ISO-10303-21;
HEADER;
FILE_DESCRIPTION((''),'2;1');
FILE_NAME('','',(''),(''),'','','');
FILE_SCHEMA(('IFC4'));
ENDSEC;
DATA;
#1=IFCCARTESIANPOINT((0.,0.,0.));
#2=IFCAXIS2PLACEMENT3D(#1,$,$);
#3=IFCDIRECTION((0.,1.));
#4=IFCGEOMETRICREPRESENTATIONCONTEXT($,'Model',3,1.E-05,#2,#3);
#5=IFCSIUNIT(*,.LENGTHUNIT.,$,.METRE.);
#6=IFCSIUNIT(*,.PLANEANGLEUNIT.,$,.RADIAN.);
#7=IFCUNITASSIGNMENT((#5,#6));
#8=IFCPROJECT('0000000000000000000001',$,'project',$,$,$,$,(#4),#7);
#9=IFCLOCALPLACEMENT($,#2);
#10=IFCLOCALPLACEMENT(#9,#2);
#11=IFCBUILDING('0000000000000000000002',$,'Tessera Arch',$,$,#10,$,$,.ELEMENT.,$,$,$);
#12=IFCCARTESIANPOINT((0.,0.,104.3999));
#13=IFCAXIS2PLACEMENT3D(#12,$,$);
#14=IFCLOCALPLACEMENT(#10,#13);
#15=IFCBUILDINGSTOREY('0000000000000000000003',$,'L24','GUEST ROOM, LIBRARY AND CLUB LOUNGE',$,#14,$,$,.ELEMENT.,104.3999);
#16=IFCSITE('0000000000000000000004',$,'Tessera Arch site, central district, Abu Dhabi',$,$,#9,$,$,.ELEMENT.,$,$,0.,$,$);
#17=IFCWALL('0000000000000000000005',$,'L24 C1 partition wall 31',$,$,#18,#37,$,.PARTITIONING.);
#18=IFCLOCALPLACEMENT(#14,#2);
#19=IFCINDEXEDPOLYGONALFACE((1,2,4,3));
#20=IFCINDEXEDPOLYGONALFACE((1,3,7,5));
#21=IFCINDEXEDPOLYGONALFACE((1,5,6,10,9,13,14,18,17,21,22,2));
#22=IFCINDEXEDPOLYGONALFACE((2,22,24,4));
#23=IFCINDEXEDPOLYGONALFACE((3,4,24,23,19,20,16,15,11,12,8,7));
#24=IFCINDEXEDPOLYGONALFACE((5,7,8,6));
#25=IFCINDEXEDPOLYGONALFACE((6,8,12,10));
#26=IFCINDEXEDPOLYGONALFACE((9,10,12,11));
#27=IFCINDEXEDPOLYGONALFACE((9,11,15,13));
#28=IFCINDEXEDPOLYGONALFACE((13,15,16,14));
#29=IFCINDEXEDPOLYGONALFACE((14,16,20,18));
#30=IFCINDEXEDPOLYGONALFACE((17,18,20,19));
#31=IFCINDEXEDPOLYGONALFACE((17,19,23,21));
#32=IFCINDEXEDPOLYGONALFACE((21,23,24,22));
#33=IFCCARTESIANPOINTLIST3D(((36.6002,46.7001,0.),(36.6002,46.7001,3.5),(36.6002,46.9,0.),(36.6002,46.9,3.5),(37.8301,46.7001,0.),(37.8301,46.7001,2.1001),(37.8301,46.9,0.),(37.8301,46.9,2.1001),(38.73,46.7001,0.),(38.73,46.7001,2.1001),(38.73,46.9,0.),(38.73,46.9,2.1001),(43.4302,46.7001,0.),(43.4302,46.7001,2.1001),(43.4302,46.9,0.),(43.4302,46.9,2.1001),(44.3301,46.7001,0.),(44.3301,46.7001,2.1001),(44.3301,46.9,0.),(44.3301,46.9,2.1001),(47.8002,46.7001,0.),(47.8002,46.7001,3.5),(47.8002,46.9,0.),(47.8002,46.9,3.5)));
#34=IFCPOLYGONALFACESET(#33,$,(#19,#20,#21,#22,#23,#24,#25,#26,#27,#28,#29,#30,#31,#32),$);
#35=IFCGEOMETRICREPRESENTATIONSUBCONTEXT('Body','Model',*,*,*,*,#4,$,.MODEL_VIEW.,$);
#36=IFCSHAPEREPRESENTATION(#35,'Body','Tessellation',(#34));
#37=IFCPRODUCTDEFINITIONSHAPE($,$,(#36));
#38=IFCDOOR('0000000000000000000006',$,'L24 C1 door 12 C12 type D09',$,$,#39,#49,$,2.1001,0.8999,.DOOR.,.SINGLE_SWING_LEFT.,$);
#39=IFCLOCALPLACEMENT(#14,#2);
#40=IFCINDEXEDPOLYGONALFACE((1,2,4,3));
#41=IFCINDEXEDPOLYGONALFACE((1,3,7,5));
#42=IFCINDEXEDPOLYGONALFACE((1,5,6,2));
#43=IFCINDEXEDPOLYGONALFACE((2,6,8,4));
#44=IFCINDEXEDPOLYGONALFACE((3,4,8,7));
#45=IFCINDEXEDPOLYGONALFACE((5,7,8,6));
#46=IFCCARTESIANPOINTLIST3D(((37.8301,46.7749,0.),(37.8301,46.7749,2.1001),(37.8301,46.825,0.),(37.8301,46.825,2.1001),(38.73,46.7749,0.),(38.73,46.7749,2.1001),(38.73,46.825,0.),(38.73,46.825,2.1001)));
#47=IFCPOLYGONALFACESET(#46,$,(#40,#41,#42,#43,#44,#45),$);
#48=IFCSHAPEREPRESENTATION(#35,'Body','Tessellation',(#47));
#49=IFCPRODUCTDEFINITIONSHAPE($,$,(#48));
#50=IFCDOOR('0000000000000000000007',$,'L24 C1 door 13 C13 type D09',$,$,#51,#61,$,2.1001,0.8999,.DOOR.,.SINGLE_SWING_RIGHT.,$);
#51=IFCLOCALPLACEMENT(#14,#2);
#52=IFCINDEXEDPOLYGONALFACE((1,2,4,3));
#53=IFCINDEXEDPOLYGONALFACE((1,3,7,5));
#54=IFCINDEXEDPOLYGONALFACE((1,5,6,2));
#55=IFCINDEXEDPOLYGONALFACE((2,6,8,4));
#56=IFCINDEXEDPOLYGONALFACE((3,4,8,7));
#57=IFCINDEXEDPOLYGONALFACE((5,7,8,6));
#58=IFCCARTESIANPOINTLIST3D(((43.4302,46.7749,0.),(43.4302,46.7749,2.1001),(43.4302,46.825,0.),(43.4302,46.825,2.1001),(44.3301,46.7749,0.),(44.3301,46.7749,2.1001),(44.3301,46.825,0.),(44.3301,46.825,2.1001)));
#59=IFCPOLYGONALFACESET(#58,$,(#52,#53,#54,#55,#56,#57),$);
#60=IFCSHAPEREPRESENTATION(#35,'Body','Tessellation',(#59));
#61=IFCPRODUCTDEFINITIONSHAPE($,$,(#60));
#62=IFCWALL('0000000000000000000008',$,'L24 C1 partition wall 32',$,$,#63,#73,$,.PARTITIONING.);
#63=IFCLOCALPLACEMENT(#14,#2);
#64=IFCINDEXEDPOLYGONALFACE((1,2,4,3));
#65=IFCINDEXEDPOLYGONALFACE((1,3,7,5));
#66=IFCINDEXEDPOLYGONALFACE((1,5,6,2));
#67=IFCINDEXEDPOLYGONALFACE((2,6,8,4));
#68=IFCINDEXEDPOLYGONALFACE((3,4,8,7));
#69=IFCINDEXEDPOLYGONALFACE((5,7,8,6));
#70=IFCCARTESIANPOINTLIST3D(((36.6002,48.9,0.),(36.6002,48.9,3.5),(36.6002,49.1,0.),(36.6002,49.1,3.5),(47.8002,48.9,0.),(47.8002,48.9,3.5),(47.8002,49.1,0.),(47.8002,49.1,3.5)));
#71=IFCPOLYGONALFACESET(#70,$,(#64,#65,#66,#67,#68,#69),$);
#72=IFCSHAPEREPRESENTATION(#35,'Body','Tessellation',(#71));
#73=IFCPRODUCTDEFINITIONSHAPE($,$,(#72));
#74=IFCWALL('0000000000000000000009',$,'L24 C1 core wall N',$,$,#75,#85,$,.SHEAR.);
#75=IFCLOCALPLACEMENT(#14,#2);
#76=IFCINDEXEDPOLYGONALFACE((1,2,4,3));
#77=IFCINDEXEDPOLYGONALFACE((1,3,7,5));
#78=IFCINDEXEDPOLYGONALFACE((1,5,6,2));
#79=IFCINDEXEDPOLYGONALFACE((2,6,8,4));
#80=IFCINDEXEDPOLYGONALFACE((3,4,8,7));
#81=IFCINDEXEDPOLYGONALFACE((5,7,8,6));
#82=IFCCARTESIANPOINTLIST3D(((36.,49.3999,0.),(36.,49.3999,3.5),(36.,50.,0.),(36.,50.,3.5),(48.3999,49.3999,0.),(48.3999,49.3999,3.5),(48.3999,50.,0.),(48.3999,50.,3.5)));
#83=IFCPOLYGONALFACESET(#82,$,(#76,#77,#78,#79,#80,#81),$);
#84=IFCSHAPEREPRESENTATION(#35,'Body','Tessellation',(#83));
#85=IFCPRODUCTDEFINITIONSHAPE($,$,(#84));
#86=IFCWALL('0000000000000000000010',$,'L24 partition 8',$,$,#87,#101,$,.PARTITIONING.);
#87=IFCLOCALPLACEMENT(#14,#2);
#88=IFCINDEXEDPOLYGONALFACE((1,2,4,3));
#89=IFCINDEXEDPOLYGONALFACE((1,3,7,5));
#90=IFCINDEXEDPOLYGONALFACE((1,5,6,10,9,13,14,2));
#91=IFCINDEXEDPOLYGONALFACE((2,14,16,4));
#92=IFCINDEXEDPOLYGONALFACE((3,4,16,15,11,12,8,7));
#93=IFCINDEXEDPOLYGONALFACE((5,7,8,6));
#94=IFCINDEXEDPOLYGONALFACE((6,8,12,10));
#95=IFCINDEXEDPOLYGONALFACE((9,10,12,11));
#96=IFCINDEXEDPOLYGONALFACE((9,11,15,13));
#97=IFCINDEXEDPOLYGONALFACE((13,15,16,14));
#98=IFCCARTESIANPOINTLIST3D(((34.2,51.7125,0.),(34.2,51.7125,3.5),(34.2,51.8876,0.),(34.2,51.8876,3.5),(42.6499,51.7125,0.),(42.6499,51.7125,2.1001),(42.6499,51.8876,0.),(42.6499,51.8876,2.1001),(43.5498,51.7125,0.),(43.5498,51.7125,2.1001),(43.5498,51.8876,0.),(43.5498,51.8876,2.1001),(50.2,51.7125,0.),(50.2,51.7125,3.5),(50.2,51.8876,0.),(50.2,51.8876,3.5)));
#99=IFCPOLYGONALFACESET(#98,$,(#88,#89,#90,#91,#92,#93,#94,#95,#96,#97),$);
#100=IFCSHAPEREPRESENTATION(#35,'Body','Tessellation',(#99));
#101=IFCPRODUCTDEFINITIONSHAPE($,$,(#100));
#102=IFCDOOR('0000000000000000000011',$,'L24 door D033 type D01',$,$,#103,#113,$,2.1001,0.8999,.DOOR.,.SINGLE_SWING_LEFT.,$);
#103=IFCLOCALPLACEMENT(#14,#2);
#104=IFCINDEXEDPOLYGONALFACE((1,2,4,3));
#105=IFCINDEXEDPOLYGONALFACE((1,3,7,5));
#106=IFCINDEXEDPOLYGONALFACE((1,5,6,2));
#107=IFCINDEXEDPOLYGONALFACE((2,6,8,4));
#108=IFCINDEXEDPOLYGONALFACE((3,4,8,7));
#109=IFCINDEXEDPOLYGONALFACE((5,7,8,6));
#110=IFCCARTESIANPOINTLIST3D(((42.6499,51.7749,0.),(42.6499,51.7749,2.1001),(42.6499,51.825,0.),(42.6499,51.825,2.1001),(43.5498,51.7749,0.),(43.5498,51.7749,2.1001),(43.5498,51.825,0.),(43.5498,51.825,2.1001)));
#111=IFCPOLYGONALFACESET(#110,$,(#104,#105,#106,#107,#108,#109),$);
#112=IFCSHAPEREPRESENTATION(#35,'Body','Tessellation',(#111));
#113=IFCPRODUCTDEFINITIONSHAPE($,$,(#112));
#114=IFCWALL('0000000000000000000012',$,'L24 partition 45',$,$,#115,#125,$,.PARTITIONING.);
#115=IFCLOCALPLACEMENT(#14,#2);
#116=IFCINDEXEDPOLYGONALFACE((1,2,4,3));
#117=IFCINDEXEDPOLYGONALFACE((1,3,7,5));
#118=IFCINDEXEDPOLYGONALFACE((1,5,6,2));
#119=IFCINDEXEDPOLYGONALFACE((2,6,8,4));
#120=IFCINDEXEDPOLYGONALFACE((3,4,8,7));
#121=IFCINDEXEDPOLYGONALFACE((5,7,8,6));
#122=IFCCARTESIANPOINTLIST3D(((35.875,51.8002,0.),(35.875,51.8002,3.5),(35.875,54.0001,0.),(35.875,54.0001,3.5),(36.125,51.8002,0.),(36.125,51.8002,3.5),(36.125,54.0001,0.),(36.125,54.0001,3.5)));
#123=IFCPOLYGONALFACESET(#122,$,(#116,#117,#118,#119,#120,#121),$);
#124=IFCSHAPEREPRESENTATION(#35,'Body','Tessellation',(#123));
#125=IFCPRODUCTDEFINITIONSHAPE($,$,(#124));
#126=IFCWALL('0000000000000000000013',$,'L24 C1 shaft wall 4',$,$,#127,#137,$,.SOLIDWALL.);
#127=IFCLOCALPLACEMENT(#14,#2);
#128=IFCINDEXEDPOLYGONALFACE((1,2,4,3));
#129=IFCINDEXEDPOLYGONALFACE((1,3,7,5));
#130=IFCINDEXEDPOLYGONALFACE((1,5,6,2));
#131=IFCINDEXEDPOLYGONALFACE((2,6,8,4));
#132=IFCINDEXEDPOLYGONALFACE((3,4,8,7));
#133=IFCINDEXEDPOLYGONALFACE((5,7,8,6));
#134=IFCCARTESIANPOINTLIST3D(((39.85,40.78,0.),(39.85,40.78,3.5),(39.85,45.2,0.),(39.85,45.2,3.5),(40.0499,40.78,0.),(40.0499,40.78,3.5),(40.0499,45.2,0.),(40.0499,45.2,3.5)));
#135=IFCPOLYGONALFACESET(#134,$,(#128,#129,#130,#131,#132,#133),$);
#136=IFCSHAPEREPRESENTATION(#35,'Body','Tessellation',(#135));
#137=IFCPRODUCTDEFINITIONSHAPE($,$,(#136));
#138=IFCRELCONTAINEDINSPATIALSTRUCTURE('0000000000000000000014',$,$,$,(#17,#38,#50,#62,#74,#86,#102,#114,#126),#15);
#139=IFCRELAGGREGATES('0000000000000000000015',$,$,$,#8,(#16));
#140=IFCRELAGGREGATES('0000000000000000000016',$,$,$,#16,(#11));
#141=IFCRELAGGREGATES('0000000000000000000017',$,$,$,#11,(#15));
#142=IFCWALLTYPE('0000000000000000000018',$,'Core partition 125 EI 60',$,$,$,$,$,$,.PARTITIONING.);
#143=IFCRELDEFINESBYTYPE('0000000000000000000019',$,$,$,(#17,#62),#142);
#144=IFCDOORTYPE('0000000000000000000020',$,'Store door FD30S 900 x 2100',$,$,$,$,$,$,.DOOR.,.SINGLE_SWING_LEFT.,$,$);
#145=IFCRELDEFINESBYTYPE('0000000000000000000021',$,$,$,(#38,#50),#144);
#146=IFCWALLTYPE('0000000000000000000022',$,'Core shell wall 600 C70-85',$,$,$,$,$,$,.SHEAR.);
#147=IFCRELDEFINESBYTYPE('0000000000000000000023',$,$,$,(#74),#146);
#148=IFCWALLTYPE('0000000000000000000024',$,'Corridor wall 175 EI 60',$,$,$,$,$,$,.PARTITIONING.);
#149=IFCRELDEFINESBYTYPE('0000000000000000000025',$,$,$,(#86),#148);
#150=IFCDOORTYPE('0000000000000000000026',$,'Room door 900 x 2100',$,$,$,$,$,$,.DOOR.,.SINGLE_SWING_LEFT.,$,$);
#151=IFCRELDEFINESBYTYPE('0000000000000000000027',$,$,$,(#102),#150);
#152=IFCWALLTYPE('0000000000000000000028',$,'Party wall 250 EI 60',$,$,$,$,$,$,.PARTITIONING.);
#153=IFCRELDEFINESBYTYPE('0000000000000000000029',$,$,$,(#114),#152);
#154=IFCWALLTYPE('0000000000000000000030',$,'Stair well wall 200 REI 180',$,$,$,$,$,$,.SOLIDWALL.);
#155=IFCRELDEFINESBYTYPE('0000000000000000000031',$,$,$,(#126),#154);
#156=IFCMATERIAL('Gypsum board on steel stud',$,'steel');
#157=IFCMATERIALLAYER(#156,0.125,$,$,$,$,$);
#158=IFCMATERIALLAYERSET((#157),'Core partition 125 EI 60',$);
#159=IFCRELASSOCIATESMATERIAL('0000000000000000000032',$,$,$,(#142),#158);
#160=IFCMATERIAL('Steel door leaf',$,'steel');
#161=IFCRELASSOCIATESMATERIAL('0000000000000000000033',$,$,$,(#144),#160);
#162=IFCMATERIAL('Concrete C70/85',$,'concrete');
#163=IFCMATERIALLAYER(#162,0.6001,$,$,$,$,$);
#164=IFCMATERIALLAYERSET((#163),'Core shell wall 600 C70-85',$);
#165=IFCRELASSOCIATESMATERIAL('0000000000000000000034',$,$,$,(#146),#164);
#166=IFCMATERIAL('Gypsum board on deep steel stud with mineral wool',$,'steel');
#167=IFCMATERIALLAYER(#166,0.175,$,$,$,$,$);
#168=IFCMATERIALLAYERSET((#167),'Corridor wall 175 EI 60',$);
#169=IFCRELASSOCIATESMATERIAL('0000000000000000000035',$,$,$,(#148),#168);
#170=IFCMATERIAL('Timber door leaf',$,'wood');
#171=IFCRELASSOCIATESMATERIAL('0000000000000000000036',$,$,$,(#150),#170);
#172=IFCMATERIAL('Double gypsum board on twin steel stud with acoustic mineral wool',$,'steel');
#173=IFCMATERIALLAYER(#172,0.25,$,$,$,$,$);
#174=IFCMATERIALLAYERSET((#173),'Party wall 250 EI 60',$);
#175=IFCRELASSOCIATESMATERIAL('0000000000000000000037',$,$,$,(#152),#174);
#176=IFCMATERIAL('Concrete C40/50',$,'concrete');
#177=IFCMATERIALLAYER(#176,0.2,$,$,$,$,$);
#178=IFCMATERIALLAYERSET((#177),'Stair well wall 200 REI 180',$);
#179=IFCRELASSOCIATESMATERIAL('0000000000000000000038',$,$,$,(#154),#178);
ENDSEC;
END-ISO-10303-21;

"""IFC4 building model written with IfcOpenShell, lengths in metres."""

from ifc_helpers import new_model, si_unit, direction, frame, frame_2d, origin, place, context, subcontext, project, spatial, rectangle, extrude, material, layer, layer_set, type_object, element, fill, save


model = new_model("IFC4")

# Units and contexts
model_context = context("Model", 3, precision=1e-05, world=origin(), true_north=direction((0.0, 1.0)))
body_context = subcontext(model_context, "Body", "Model", "MODEL_VIEW")
ifc_project = project(units=[si_unit("LENGTHUNIT", "METRE"), si_unit("PLANEANGLEUNIT", "RADIAN")], contexts=[model_context])

# Site, building, storey
site_placement = place(None, origin())
site = spatial("IfcSite", under=ifc_project, at=site_placement, Name="Tessera Arch site, central district, Abu Dhabi", CompositionType="ELEMENT", RefElevation=0.0)
building_placement = place(site_placement, origin())
building = spatial("IfcBuilding", under=site, at=building_placement, Name="Tessera Arch", CompositionType="ELEMENT")
storey_placement = place(building_placement, frame((0.0, 0.0, 104.3999)))
storey = spatial("IfcBuildingStorey", under=building, at=storey_placement, Name="L24", Description="GUEST ROOM, LIBRARY AND CLUB LOUNGE", CompositionType="ELEMENT", Elevation=104.3999)

# Shared definitions
ifc_material_1 = material(Name="Gypsum board on steel stud", Category="steel")
ifc_layer_1 = layer(ifc_material_1, 0.125)
ifc_layer_set_1 = layer_set([ifc_layer_1], Name="Core partition 125 EI 60")
wall_type_1 = type_object("IfcWallType", Name="Core partition 125 EI 60", PredefinedType="PARTITIONING", material=ifc_layer_set_1)

# Wall, openings, doors
wall_1_placement = place(storey_placement, frame((36.6001, 46.8, 0.0), z_axis=(0.0, 0.0, 1.0), x_axis=(1.0, 0.0, 0.0)))
wall_1 = element("IfcWall", 1, at=wall_1_placement, inside=storey, type_object=wall_type_1, Name="L24 C1 partition wall 31", PredefinedType="PARTITIONING", context=body_context, shape_type="SweptSolid", body=[
    extrude(rectangle(XDim=11.2, YDim=0.2, at=frame_2d((5.6001, 0.0))), origin(), (0.0, 0.0, 1.0), 3.5),
])
opening_1_placement = place(wall_1_placement, frame((1.23, 0.0, 0.0)))
opening_1 = element("IfcOpeningElement", 2, at=opening_1_placement, cuts=wall_1, PredefinedType="OPENING", context=body_context, shape_type="SweptSolid", body=[
    extrude(rectangle(XDim=0.8999, YDim=2.1001, at=frame_2d((0.45, 1.05))), frame((0.0, 0.1099, 0.0), z_axis=(0.0, -1.0, 0.0), x_axis=(1.0, 0.0, 0.0)), (0.0, 0.0, 1.0), 0.22),
])
opening_2_placement = place(wall_1_placement, frame((6.8301, 0.0, 0.0)))
opening_2 = element("IfcOpeningElement", 3, at=opening_2_placement, cuts=wall_1, PredefinedType="OPENING", context=body_context, shape_type="SweptSolid", body=[
    extrude(rectangle(XDim=0.8999, YDim=2.1001, at=frame_2d((0.45, 1.05))), frame((0.0, 0.1099, 0.0), z_axis=(0.0, -1.0, 0.0), x_axis=(1.0, 0.0, 0.0)), (0.0, 0.0, 1.0), 0.22),
])
ifc_material_2 = material(Name="Steel door leaf", Category="steel")
door_type_1 = type_object("IfcDoorType", Name="Store door FD30S 900 x 2100", OperationType="SINGLE_SWING_LEFT", PredefinedType="DOOR", material=ifc_material_2)
door_1_placement = place(opening_1_placement, origin())
door_1 = element("IfcDoor", 4, at=door_1_placement, inside=storey, type_object=door_type_1, Name="L24 C1 door 12 C12 type D09", OperationType="SINGLE_SWING_LEFT", OverallHeight=2.1001, OverallWidth=0.8999, PredefinedType="DOOR", context=body_context, shape_type="SweptSolid", body=[
    extrude(rectangle(XDim=0.8999, YDim=2.1001, at=frame_2d((0.45, 1.05))), frame((0.0, 0.0249, 0.0), z_axis=(0.0, -1.0, 0.0), x_axis=(1.0, 0.0, 0.0)), (0.0, 0.0, 1.0), 0.05),
])
fill(opening_1, door_1)
door_2_placement = place(opening_2_placement, origin())
door_2 = element("IfcDoor", 5, at=door_2_placement, inside=storey, type_object=door_type_1, Name="L24 C1 door 13 C13 type D09", OperationType="SINGLE_SWING_RIGHT", OverallHeight=2.1001, OverallWidth=0.8999, PredefinedType="DOOR", context=body_context, shape_type="SweptSolid", body=[
    extrude(rectangle(XDim=0.8999, YDim=2.1001, at=frame_2d((0.45, 1.05))), frame((0.0, 0.0249, 0.0), z_axis=(0.0, -1.0, 0.0), x_axis=(1.0, 0.0, 0.0)), (0.0, 0.0, 1.0), 0.05),
])
fill(opening_2, door_2)

# Walls
wall_2_placement = place(storey_placement, frame((36.6001, 49.0, 0.0), z_axis=(0.0, 0.0, 1.0), x_axis=(1.0, 0.0, 0.0)))
element("IfcWall", 6, at=wall_2_placement, inside=storey, type_object=wall_type_1, Name="L24 C1 partition wall 32", PredefinedType="PARTITIONING", context=body_context, shape_type="SweptSolid", body=[
    extrude(rectangle(XDim=11.2, YDim=0.2, at=frame_2d((5.6001, 0.0))), origin(), (0.0, 0.0, 1.0), 3.5),
])
ifc_material_3 = material(Name="Concrete C70/85", Category="concrete")
ifc_layer_2 = layer(ifc_material_3, 0.6001)
ifc_layer_set_2 = layer_set([ifc_layer_2], Name="Core shell wall 600 C70-85")
wall_type_2 = type_object("IfcWallType", Name="Core shell wall 600 C70-85", PredefinedType="SHEAR", material=ifc_layer_set_2)
wall_3_placement = place(storey_placement, frame((36.0, 49.7, 0.0), z_axis=(0.0, 0.0, 1.0), x_axis=(1.0, 0.0, 0.0)))
element("IfcWall", 7, at=wall_3_placement, inside=storey, type_object=wall_type_2, Name="L24 C1 core wall N", PredefinedType="SHEAR", context=body_context, shape_type="SweptSolid", body=[
    extrude(rectangle(XDim=12.3999, YDim=0.6001, at=frame_2d((6.2, 0.0))), origin(), (0.0, 0.0, 1.0), 3.5),
])

# Wall, opening, door
ifc_material_4 = material(Name="Gypsum board on deep steel stud with mineral wool", Category="steel")
ifc_layer_3 = layer(ifc_material_4, 0.175)
ifc_layer_set_3 = layer_set([ifc_layer_3], Name="Corridor wall 175 EI 60")
wall_type_3 = type_object("IfcWallType", Name="Corridor wall 175 EI 60", PredefinedType="PARTITIONING", material=ifc_layer_set_3)
wall_4_placement = place(storey_placement, frame((34.2, 51.8, 0.0), z_axis=(0.0, 0.0, 1.0), x_axis=(1.0, 0.0, 0.0)))
wall_4 = element("IfcWall", 8, at=wall_4_placement, inside=storey, type_object=wall_type_3, Name="L24 partition 8", PredefinedType="PARTITIONING", context=body_context, shape_type="SweptSolid", body=[
    extrude(rectangle(XDim=16.0, YDim=0.175, at=frame_2d((8.0, 0.0))), origin(), (0.0, 0.0, 1.0), 3.5),
])
opening_3_placement = place(wall_4_placement, frame((8.45, 0.0, 0.0)))
opening_3 = element("IfcOpeningElement", 9, at=opening_3_placement, cuts=wall_4, PredefinedType="OPENING", context=body_context, shape_type="SweptSolid", body=[
    extrude(rectangle(XDim=0.8999, YDim=2.1001, at=frame_2d((0.45, 1.05))), frame((0.0, 0.0974, 0.0), z_axis=(0.0, -1.0, 0.0), x_axis=(1.0, 0.0, 0.0)), (0.0, 0.0, 1.0), 0.1951),
])
ifc_material_5 = material(Name="Timber door leaf", Category="wood")
door_type_2 = type_object("IfcDoorType", Name="Room door 900 x 2100", OperationType="SINGLE_SWING_LEFT", PredefinedType="DOOR", material=ifc_material_5)
door_3_placement = place(opening_3_placement, origin())
door_3 = element("IfcDoor", 10, at=door_3_placement, inside=storey, type_object=door_type_2, Name="L24 door D033 type D01", OperationType="SINGLE_SWING_LEFT", OverallHeight=2.1001, OverallWidth=0.8999, PredefinedType="DOOR", context=body_context, shape_type="SweptSolid", body=[
    extrude(rectangle(XDim=0.8999, YDim=2.1001, at=frame_2d((0.45, 1.05))), frame((0.0, 0.0249, 0.0), z_axis=(0.0, -1.0, 0.0), x_axis=(1.0, 0.0, 0.0)), (0.0, 0.0, 1.0), 0.05),
])
fill(opening_3, door_3)

# Walls
ifc_material_6 = material(Name="Double gypsum board on twin steel stud with acoustic mineral wool", Category="steel")
ifc_layer_4 = layer(ifc_material_6, 0.25)
ifc_layer_set_4 = layer_set([ifc_layer_4], Name="Party wall 250 EI 60")
wall_type_4 = type_object("IfcWallType", Name="Party wall 250 EI 60", PredefinedType="PARTITIONING", material=ifc_layer_set_4)
wall_5_placement = place(storey_placement, frame((36.0, 51.8, 0.0), z_axis=(0.0, 0.0, 1.0), x_axis=(0.0, 1.0, 0.0)))
element("IfcWall", 11, at=wall_5_placement, inside=storey, type_object=wall_type_4, Name="L24 partition 45", PredefinedType="PARTITIONING", context=body_context, shape_type="SweptSolid", body=[
    extrude(rectangle(XDim=2.2, YDim=0.25, at=frame_2d((1.1001, 0.0))), origin(), (0.0, 0.0, 1.0), 3.5),
])
ifc_material_7 = material(Name="Concrete C40/50", Category="concrete")
ifc_layer_5 = layer(ifc_material_7, 0.2)
ifc_layer_set_5 = layer_set([ifc_layer_5], Name="Stair well wall 200 REI 180")
wall_type_5 = type_object("IfcWallType", Name="Stair well wall 200 REI 180", PredefinedType="SOLIDWALL", material=ifc_layer_set_5)
wall_6_placement = place(storey_placement, frame((39.95, 40.78, 0.0), z_axis=(0.0, 0.0, 1.0), x_axis=(0.0, 1.0, 0.0)))
element("IfcWall", 12, at=wall_6_placement, inside=storey, type_object=wall_type_5, Name="L24 C1 shaft wall 4", PredefinedType="SOLIDWALL", context=body_context, shape_type="SweptSolid", body=[
    extrude(rectangle(XDim=4.4199, YDim=0.2, at=frame_2d((2.21, 0.0))), origin(), (0.0, 0.0, 1.0), 3.5),
])

save(model, "model.ifc")
